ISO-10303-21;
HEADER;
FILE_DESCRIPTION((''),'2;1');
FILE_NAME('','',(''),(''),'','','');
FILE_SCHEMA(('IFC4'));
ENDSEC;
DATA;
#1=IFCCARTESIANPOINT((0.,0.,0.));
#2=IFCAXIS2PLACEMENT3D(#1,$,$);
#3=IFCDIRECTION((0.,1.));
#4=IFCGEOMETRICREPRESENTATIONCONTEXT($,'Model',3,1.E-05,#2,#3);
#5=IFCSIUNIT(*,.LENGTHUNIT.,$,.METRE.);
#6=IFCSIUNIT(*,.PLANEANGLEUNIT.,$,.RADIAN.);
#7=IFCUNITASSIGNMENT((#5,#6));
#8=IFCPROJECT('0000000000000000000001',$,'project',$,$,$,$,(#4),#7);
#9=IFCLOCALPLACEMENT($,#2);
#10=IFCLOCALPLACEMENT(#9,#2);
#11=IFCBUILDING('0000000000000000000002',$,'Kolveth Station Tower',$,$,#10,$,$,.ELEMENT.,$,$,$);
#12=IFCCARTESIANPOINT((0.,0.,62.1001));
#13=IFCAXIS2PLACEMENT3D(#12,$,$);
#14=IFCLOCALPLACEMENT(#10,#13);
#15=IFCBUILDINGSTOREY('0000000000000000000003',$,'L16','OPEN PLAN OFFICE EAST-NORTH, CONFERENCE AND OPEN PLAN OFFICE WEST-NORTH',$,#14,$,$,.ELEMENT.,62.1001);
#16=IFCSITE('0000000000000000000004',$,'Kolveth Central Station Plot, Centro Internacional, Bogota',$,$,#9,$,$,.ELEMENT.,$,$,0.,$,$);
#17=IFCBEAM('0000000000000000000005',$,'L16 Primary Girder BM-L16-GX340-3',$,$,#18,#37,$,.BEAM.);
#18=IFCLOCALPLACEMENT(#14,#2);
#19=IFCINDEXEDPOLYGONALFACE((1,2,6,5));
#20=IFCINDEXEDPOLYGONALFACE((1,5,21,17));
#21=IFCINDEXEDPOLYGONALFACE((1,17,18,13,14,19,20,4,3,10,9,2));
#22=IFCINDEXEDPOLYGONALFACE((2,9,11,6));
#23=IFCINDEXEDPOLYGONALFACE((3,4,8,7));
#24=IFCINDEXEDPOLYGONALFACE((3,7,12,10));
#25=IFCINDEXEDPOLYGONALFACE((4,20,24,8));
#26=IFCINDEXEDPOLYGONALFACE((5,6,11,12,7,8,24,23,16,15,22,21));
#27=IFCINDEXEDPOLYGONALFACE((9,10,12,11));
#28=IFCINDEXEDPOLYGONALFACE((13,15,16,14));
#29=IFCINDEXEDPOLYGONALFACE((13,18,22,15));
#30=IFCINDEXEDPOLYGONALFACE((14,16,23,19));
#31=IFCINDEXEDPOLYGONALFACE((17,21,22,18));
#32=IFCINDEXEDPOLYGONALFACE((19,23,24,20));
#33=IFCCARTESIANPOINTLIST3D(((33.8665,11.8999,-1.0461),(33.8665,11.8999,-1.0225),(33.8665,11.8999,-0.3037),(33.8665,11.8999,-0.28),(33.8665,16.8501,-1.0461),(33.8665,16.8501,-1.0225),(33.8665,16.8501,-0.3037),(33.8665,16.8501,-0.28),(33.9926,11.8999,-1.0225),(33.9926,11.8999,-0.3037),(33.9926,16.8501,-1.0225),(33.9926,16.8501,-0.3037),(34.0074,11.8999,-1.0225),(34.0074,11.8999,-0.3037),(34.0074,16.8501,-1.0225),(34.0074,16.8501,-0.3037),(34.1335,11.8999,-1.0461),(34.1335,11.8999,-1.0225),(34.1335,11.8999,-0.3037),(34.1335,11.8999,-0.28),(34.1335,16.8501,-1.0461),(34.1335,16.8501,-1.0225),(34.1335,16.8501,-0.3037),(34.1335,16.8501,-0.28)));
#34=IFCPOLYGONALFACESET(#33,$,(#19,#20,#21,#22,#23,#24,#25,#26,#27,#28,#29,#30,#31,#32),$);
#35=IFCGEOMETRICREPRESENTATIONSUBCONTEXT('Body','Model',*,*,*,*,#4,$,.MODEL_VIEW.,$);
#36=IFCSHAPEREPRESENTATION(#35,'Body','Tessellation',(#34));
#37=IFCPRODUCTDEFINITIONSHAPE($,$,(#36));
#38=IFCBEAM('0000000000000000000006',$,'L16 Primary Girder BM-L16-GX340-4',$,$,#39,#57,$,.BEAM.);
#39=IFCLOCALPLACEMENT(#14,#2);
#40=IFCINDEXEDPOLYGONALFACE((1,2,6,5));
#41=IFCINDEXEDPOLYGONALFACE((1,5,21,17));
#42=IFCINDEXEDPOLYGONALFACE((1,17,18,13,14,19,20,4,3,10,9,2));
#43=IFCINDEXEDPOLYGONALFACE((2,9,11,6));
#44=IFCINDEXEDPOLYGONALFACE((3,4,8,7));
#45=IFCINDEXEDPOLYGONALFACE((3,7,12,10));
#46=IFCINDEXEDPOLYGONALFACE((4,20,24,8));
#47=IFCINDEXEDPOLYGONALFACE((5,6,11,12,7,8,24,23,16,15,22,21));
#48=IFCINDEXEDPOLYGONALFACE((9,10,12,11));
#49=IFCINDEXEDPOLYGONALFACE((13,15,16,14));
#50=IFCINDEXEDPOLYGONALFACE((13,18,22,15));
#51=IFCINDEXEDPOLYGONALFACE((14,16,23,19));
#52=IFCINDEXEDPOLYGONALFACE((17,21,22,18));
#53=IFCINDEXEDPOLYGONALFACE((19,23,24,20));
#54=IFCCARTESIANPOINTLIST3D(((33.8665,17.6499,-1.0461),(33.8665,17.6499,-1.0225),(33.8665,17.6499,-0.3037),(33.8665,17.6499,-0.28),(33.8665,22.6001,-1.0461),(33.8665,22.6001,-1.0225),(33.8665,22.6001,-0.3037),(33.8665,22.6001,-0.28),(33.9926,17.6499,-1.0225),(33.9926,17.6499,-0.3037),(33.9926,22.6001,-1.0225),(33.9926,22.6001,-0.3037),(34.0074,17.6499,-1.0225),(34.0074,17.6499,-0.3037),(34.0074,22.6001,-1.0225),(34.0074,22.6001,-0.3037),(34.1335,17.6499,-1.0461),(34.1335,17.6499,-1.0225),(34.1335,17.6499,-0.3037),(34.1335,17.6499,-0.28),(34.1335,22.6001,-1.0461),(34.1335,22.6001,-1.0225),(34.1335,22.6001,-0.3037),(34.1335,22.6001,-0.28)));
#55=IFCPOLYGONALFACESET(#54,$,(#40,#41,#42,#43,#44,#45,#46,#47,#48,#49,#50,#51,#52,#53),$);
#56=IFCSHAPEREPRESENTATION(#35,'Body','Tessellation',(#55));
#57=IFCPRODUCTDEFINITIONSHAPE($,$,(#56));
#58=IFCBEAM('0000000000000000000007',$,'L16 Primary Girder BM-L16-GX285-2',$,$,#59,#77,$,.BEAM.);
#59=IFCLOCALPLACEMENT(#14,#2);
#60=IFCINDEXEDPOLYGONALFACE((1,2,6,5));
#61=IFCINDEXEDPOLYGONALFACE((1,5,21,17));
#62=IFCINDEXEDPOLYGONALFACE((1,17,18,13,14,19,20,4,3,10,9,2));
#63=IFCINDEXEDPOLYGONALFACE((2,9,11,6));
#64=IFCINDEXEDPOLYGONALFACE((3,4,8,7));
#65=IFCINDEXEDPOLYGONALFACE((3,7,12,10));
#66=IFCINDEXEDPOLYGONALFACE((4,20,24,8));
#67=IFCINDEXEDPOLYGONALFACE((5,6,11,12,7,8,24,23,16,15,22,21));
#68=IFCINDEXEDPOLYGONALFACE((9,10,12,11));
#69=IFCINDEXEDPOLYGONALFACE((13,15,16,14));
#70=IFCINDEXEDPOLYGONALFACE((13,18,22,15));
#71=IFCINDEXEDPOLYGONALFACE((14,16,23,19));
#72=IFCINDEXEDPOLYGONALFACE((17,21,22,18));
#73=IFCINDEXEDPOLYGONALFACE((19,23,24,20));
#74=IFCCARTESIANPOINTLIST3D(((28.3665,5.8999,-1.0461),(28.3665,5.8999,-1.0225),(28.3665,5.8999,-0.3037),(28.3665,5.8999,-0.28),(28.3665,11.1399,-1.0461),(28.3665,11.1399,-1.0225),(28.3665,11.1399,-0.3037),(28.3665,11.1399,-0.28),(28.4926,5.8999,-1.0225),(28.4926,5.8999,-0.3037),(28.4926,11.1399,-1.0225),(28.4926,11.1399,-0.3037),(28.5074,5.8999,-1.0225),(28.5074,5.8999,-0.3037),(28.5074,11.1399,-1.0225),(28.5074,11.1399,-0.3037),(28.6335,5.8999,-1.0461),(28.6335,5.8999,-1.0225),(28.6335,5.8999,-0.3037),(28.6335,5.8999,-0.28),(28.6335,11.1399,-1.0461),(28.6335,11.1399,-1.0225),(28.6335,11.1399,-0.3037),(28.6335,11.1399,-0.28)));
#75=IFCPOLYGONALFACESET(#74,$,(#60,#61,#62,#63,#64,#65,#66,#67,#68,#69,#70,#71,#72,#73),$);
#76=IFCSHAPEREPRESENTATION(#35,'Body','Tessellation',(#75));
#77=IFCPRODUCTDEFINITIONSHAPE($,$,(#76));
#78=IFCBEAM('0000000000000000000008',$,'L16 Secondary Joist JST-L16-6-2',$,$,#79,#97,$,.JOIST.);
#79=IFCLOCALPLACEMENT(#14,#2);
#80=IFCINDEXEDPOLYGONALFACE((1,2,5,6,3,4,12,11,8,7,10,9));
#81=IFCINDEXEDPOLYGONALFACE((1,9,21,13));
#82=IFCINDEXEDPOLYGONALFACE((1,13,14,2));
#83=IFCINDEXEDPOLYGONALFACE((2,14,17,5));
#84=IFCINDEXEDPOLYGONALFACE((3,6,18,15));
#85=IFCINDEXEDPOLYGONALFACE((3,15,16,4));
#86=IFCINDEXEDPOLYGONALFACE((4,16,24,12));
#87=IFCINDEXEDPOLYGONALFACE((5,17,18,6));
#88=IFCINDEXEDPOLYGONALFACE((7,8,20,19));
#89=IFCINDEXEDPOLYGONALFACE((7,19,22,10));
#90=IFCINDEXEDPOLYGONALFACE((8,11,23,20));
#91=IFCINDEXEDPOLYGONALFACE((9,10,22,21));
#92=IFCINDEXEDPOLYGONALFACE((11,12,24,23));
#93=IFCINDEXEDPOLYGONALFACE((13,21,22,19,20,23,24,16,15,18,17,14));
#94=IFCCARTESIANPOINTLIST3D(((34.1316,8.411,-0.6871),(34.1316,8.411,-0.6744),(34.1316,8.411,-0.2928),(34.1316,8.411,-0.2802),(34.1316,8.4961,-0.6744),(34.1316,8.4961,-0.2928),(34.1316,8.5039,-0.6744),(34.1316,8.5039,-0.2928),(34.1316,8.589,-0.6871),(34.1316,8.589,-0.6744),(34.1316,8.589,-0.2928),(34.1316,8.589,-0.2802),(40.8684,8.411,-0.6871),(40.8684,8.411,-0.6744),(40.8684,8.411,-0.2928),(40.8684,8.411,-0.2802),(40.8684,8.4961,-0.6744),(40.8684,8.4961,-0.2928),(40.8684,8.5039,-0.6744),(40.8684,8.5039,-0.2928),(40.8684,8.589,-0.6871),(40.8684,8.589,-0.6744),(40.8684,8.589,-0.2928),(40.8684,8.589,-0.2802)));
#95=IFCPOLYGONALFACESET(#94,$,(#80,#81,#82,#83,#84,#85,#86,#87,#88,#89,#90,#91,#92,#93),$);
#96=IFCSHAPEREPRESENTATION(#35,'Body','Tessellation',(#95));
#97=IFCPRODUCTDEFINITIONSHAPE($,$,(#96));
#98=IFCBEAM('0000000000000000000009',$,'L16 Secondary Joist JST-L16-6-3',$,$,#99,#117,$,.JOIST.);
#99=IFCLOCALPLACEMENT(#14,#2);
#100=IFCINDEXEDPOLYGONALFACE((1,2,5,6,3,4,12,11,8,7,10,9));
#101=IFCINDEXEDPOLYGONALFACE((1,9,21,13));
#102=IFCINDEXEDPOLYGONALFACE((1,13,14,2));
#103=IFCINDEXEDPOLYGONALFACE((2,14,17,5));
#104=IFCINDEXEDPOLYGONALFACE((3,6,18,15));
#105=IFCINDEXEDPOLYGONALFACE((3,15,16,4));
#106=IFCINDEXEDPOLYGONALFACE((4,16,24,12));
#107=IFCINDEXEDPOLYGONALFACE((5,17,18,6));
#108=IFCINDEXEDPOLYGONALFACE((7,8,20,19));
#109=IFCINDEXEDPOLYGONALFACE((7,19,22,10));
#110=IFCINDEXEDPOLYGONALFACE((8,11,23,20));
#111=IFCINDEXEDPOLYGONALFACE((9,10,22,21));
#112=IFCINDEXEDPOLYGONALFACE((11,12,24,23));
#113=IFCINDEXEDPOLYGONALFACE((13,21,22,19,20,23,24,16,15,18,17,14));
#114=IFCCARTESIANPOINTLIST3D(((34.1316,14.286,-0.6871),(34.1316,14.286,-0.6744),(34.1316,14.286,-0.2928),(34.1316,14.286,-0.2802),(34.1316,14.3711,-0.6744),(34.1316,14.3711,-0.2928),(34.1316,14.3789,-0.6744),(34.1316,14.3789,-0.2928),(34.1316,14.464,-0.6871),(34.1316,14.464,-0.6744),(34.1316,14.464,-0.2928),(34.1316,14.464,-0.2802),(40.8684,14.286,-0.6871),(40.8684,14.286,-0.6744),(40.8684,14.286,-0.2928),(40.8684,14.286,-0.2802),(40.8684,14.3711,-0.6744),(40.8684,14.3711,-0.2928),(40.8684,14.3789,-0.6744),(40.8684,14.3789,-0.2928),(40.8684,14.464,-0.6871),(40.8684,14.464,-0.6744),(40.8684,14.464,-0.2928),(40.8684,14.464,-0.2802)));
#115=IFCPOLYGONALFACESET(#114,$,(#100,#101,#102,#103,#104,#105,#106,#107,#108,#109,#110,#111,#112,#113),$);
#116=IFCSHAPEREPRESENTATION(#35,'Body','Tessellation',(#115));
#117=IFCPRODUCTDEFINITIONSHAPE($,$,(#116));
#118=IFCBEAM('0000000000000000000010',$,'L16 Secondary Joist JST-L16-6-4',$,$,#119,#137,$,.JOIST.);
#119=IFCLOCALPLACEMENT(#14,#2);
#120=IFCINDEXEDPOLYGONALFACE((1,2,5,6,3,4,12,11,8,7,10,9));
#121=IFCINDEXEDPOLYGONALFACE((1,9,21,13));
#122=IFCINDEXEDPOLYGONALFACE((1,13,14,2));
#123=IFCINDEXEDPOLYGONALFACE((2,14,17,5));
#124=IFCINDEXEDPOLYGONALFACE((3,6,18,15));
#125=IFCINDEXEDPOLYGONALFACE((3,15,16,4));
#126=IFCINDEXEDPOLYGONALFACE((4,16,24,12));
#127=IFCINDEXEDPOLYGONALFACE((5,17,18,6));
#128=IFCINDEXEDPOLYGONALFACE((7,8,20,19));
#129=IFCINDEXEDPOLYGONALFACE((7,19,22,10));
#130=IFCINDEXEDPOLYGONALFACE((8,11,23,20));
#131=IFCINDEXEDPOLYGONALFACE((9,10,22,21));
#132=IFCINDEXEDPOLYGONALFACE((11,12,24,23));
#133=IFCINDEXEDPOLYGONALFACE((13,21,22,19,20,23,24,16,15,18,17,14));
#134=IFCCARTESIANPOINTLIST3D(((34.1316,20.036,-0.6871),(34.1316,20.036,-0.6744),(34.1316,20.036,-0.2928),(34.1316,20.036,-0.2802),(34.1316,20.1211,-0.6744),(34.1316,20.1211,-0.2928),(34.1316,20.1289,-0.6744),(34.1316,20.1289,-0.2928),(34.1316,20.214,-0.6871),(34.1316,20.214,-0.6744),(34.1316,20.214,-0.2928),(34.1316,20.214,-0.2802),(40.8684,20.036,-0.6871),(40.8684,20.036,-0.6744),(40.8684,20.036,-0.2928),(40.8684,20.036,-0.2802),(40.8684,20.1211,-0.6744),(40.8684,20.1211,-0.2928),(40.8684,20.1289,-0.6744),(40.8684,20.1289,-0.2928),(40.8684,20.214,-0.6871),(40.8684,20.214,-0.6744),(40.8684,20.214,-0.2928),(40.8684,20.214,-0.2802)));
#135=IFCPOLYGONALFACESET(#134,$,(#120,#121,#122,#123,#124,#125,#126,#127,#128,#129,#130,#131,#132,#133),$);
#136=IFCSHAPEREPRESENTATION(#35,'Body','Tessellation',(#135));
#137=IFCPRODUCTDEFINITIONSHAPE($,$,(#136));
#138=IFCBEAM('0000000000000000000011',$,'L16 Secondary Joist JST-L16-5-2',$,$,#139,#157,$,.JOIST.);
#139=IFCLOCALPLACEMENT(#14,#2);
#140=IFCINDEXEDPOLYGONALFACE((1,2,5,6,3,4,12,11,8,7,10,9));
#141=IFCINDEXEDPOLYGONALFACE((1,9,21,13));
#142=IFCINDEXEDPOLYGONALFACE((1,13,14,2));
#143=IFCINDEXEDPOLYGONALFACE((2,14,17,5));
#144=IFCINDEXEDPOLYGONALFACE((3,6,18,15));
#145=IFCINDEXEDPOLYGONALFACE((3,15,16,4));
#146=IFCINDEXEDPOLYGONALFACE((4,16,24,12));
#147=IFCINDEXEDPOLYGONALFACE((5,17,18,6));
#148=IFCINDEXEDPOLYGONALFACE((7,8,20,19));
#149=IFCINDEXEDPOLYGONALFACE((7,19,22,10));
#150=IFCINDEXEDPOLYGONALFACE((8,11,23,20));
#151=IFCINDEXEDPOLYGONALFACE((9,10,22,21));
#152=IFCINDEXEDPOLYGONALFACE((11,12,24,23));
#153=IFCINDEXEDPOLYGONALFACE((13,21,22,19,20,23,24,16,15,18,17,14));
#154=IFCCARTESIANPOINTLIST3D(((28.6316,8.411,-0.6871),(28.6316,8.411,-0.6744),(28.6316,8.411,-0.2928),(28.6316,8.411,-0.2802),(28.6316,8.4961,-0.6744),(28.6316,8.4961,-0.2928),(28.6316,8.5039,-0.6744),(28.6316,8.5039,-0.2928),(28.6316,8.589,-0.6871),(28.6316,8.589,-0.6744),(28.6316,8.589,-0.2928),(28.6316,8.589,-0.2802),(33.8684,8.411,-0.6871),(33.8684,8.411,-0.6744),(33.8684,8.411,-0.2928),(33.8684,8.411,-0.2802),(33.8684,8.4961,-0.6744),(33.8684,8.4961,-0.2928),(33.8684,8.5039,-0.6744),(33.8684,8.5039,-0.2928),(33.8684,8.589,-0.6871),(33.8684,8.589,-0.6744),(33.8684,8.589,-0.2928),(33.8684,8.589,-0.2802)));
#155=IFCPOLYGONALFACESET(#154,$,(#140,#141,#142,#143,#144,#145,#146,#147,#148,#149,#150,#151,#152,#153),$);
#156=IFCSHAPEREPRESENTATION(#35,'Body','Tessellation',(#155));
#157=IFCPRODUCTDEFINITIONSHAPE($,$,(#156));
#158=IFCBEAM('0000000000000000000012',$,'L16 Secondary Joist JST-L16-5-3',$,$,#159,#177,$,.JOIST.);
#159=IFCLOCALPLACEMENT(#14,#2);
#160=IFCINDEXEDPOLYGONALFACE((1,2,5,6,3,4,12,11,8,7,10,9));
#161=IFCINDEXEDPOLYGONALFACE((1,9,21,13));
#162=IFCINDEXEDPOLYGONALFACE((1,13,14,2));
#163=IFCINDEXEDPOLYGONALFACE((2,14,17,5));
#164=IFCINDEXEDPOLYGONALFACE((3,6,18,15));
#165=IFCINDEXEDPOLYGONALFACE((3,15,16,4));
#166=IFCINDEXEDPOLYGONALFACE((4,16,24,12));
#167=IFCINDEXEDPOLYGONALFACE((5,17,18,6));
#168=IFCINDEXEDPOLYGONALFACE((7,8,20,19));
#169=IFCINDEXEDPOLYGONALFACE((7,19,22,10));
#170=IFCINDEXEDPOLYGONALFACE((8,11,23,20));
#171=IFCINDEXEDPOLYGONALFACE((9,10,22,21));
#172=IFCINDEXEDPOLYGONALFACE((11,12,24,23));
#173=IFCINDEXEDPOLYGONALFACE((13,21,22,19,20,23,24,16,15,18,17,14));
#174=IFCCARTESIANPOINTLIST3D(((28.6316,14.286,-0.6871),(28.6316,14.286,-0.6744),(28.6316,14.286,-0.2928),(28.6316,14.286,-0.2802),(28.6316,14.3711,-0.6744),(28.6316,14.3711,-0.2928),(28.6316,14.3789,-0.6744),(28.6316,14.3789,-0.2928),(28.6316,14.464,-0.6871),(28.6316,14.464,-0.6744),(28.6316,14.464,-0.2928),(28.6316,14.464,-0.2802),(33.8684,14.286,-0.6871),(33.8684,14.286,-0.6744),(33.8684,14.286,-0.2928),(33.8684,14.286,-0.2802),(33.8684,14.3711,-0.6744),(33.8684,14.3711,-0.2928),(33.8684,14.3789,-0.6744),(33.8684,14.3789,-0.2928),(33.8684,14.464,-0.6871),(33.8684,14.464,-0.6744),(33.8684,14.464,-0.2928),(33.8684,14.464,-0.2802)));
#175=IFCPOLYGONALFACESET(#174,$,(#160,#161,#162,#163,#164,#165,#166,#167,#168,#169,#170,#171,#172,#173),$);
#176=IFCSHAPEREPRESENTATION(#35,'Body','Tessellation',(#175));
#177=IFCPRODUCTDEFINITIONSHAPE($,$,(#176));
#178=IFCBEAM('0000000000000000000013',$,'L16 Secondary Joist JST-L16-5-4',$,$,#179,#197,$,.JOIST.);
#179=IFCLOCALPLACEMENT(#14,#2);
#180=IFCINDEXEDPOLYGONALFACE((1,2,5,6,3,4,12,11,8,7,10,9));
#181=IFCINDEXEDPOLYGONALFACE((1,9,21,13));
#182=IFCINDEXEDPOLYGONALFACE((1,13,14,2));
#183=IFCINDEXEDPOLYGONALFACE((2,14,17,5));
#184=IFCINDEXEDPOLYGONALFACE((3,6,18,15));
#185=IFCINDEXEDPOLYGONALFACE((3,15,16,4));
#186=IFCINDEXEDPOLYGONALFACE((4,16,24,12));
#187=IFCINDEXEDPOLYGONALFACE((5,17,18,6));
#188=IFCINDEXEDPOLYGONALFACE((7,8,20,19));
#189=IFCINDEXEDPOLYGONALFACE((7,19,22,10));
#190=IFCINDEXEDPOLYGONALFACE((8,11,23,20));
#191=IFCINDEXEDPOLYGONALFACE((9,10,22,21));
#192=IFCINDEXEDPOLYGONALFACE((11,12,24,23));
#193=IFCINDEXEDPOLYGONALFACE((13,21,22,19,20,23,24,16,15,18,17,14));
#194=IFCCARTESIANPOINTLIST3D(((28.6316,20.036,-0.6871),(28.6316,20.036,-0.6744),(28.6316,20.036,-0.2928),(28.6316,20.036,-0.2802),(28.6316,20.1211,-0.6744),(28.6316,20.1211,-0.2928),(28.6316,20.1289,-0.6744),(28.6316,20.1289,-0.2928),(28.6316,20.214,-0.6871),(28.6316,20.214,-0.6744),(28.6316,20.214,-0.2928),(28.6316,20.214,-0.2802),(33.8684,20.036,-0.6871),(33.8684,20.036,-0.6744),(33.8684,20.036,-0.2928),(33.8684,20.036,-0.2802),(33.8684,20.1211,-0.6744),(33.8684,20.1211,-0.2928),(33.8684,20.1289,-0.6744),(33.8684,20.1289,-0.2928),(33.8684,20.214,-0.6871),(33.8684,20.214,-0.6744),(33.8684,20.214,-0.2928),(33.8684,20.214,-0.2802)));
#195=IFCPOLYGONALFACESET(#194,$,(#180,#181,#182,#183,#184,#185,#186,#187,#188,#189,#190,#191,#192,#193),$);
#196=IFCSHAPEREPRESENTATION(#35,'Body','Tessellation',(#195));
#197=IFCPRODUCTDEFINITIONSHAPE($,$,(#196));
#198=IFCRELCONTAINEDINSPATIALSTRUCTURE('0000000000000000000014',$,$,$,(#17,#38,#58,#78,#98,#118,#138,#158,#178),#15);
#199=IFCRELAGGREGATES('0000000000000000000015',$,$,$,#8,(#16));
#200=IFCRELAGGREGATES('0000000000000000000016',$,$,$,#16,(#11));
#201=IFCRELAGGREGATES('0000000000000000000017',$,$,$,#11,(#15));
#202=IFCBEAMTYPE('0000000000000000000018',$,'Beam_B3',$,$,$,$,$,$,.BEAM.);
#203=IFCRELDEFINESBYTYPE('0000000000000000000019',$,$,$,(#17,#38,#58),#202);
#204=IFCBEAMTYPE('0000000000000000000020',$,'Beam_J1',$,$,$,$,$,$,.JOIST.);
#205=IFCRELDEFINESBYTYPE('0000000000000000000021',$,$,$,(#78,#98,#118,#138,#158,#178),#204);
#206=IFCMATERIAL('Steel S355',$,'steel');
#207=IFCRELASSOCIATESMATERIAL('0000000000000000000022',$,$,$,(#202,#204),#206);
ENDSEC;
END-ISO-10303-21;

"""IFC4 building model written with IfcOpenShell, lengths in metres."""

from ifc_helpers import new_model, si_unit, direction, frame, origin, origin_2d, place, context, subcontext, project, spatial, i_section, extrude, source, transform, mapped, material, material_profile, profile_set, type_object, element, save


model = new_model("IFC4")

# Units and contexts
model_context = context("Model", 3, precision=1e-05, world=origin(), true_north=direction((0.0, 1.0)))
body_context = subcontext(model_context, "Body", "Model", "MODEL_VIEW")
ifc_project = project(units=[si_unit("LENGTHUNIT", "METRE"), si_unit("PLANEANGLEUNIT", "RADIAN")], contexts=[model_context])

# Site, building, storey
site_placement = place(None, origin())
site = spatial("IfcSite", under=ifc_project, at=site_placement, Name="Kolveth Central Station Plot, Centro Internacional, Bogota", CompositionType="ELEMENT", RefElevation=0.0)
building_placement = place(site_placement, origin())
building = spatial("IfcBuilding", under=site, at=building_placement, Name="Kolveth Station Tower", CompositionType="ELEMENT")
storey_placement = place(building_placement, frame((0.0, 0.0, 62.1001)))
storey = spatial("IfcBuildingStorey", under=building, at=storey_placement, Name="L16", Description="OPEN PLAN OFFICE EAST-NORTH, CONFERENCE AND OPEN PLAN OFFICE WEST-NORTH", CompositionType="ELEMENT", Elevation=62.1001)

# Beams
ifc_material_1 = material(Name="Steel S355", Category="steel")
ifc_material_profile_1 = material_profile(ifc_material_1, i_section(OverallWidth=0.2671, OverallDepth=0.7661, WebThickness=0.0149, FlangeThickness=0.0237, at=origin_2d()), Name="W760x185")
ifc_profile_set_1 = profile_set([ifc_material_profile_1], Name="Steel S355")
beam_type_1 = type_object("IfcBeamType", Name="Beam_B3", PredefinedType="BEAM", material=ifc_profile_set_1)
shared_shape_1 = source(origin(), body_context, "Body", "SweptSolid", [
    extrude(i_section(OverallWidth=0.2671, OverallDepth=0.7661, WebThickness=0.0149, FlangeThickness=0.0237, at=origin_2d()), origin(), (0.0, 0.0, 1.0), 4.9502),
])
for number, where, z_axis, x_axis, name in (
    (1, (34.0, 11.8999, -0.6631), (0.0, 1.0, 0.0), (-1.0, 0.0, 0.0), "L16 Primary Girder BM-L16-GX340-3"),
    (2, (34.0, 17.6499, -0.6631), (0.0, 1.0, 0.0), (-1.0, 0.0, 0.0), "L16 Primary Girder BM-L16-GX340-4"),
):
    element("IfcBeam", number, at=place(storey_placement, frame(where, z_axis=z_axis, x_axis=x_axis)), inside=storey, type_object=beam_type_1, Name=name, PredefinedType="BEAM", context=body_context, shape_type="MappedRepresentation", body=[
        mapped(shared_shape_1, transform((0.0, 0.0, 0.0), x_axis=(1.0, 0.0, 0.0), y_axis=(0.0, 1.0, 0.0), z_axis=(0.0, 0.0, 1.0), scale=1.0)),
    ])
shared_shape_2 = source(origin(), body_context, "Body", "SweptSolid", [
    extrude(i_section(OverallWidth=0.2671, OverallDepth=0.7661, WebThickness=0.0149, FlangeThickness=0.0237, at=origin_2d()), origin(), (0.0, 0.0, 1.0), 5.24),
])
beam_1_placement = place(storey_placement, frame((28.5, 5.8999, -0.6631), z_axis=(0.0, 1.0, 0.0), x_axis=(-1.0, 0.0, 0.0)))
element("IfcBeam", 3, at=beam_1_placement, inside=storey, type_object=beam_type_1, Name="L16 Primary Girder BM-L16-GX285-2", PredefinedType="BEAM", context=body_context, shape_type="MappedRepresentation", body=[
    mapped(shared_shape_2, transform((0.0, 0.0, 0.0), x_axis=(1.0, 0.0, 0.0), y_axis=(0.0, 1.0, 0.0), z_axis=(0.0, 0.0, 1.0), scale=1.0)),
])
ifc_material_profile_2 = material_profile(ifc_material_1, i_section(OverallWidth=0.178, OverallDepth=0.407, WebThickness=0.0078, FlangeThickness=0.0127, at=origin_2d()), Name="W410x60")
ifc_profile_set_2 = profile_set([ifc_material_profile_2], Name="Steel S355")
beam_type_2 = type_object("IfcBeamType", Name="Beam_J1", PredefinedType="JOIST", material=ifc_profile_set_2)
shared_shape_3 = source(origin(), body_context, "Body", "SweptSolid", [
    extrude(i_section(OverallWidth=0.178, OverallDepth=0.407, WebThickness=0.0078, FlangeThickness=0.0127, at=origin_2d()), origin(), (0.0, 0.0, 1.0), 6.7368),
])
for number, where, z_axis, x_axis, name in (
    (4, (34.1316, 8.5, -0.4836), (1.0, 0.0, 0.0), (0.0, 1.0, 0.0), "L16 Secondary Joist JST-L16-6-2"),
    (5, (34.1316, 14.375, -0.4836), (1.0, 0.0, 0.0), (0.0, 1.0, 0.0), "L16 Secondary Joist JST-L16-6-3"),
    (6, (34.1316, 20.125, -0.4836), (1.0, 0.0, 0.0), (0.0, 1.0, 0.0), "L16 Secondary Joist JST-L16-6-4"),
):
    element("IfcBeam", number, at=place(storey_placement, frame(where, z_axis=z_axis, x_axis=x_axis)), inside=storey, type_object=beam_type_2, Name=name, PredefinedType="JOIST", context=body_context, shape_type="MappedRepresentation", body=[
        mapped(shared_shape_3, transform((0.0, 0.0, 0.0), x_axis=(1.0, 0.0, 0.0), y_axis=(0.0, 1.0, 0.0), z_axis=(0.0, 0.0, 1.0), scale=1.0)),
    ])
shared_shape_4 = source(origin(), body_context, "Body", "SweptSolid", [
    extrude(i_section(OverallWidth=0.178, OverallDepth=0.407, WebThickness=0.0078, FlangeThickness=0.0127, at=origin_2d()), origin(), (0.0, 0.0, 1.0), 5.2368),
])
for number, where, z_axis, x_axis, name in (
    (7, (28.6316, 8.5, -0.4836), (1.0, 0.0, 0.0), (0.0, 1.0, 0.0), "L16 Secondary Joist JST-L16-5-2"),
    (8, (28.6316, 14.375, -0.4836), (1.0, 0.0, 0.0), (0.0, 1.0, 0.0), "L16 Secondary Joist JST-L16-5-3"),
    (9, (28.6316, 20.125, -0.4836), (1.0, 0.0, 0.0), (0.0, 1.0, 0.0), "L16 Secondary Joist JST-L16-5-4"),
):
    element("IfcBeam", number, at=place(storey_placement, frame(where, z_axis=z_axis, x_axis=x_axis)), inside=storey, type_object=beam_type_2, Name=name, PredefinedType="JOIST", context=body_context, shape_type="MappedRepresentation", body=[
        mapped(shared_shape_4, transform((0.0, 0.0, 0.0), x_axis=(1.0, 0.0, 0.0), y_axis=(0.0, 1.0, 0.0), z_axis=(0.0, 0.0, 1.0), scale=1.0)),
    ])

save(model, "model.ifc")
